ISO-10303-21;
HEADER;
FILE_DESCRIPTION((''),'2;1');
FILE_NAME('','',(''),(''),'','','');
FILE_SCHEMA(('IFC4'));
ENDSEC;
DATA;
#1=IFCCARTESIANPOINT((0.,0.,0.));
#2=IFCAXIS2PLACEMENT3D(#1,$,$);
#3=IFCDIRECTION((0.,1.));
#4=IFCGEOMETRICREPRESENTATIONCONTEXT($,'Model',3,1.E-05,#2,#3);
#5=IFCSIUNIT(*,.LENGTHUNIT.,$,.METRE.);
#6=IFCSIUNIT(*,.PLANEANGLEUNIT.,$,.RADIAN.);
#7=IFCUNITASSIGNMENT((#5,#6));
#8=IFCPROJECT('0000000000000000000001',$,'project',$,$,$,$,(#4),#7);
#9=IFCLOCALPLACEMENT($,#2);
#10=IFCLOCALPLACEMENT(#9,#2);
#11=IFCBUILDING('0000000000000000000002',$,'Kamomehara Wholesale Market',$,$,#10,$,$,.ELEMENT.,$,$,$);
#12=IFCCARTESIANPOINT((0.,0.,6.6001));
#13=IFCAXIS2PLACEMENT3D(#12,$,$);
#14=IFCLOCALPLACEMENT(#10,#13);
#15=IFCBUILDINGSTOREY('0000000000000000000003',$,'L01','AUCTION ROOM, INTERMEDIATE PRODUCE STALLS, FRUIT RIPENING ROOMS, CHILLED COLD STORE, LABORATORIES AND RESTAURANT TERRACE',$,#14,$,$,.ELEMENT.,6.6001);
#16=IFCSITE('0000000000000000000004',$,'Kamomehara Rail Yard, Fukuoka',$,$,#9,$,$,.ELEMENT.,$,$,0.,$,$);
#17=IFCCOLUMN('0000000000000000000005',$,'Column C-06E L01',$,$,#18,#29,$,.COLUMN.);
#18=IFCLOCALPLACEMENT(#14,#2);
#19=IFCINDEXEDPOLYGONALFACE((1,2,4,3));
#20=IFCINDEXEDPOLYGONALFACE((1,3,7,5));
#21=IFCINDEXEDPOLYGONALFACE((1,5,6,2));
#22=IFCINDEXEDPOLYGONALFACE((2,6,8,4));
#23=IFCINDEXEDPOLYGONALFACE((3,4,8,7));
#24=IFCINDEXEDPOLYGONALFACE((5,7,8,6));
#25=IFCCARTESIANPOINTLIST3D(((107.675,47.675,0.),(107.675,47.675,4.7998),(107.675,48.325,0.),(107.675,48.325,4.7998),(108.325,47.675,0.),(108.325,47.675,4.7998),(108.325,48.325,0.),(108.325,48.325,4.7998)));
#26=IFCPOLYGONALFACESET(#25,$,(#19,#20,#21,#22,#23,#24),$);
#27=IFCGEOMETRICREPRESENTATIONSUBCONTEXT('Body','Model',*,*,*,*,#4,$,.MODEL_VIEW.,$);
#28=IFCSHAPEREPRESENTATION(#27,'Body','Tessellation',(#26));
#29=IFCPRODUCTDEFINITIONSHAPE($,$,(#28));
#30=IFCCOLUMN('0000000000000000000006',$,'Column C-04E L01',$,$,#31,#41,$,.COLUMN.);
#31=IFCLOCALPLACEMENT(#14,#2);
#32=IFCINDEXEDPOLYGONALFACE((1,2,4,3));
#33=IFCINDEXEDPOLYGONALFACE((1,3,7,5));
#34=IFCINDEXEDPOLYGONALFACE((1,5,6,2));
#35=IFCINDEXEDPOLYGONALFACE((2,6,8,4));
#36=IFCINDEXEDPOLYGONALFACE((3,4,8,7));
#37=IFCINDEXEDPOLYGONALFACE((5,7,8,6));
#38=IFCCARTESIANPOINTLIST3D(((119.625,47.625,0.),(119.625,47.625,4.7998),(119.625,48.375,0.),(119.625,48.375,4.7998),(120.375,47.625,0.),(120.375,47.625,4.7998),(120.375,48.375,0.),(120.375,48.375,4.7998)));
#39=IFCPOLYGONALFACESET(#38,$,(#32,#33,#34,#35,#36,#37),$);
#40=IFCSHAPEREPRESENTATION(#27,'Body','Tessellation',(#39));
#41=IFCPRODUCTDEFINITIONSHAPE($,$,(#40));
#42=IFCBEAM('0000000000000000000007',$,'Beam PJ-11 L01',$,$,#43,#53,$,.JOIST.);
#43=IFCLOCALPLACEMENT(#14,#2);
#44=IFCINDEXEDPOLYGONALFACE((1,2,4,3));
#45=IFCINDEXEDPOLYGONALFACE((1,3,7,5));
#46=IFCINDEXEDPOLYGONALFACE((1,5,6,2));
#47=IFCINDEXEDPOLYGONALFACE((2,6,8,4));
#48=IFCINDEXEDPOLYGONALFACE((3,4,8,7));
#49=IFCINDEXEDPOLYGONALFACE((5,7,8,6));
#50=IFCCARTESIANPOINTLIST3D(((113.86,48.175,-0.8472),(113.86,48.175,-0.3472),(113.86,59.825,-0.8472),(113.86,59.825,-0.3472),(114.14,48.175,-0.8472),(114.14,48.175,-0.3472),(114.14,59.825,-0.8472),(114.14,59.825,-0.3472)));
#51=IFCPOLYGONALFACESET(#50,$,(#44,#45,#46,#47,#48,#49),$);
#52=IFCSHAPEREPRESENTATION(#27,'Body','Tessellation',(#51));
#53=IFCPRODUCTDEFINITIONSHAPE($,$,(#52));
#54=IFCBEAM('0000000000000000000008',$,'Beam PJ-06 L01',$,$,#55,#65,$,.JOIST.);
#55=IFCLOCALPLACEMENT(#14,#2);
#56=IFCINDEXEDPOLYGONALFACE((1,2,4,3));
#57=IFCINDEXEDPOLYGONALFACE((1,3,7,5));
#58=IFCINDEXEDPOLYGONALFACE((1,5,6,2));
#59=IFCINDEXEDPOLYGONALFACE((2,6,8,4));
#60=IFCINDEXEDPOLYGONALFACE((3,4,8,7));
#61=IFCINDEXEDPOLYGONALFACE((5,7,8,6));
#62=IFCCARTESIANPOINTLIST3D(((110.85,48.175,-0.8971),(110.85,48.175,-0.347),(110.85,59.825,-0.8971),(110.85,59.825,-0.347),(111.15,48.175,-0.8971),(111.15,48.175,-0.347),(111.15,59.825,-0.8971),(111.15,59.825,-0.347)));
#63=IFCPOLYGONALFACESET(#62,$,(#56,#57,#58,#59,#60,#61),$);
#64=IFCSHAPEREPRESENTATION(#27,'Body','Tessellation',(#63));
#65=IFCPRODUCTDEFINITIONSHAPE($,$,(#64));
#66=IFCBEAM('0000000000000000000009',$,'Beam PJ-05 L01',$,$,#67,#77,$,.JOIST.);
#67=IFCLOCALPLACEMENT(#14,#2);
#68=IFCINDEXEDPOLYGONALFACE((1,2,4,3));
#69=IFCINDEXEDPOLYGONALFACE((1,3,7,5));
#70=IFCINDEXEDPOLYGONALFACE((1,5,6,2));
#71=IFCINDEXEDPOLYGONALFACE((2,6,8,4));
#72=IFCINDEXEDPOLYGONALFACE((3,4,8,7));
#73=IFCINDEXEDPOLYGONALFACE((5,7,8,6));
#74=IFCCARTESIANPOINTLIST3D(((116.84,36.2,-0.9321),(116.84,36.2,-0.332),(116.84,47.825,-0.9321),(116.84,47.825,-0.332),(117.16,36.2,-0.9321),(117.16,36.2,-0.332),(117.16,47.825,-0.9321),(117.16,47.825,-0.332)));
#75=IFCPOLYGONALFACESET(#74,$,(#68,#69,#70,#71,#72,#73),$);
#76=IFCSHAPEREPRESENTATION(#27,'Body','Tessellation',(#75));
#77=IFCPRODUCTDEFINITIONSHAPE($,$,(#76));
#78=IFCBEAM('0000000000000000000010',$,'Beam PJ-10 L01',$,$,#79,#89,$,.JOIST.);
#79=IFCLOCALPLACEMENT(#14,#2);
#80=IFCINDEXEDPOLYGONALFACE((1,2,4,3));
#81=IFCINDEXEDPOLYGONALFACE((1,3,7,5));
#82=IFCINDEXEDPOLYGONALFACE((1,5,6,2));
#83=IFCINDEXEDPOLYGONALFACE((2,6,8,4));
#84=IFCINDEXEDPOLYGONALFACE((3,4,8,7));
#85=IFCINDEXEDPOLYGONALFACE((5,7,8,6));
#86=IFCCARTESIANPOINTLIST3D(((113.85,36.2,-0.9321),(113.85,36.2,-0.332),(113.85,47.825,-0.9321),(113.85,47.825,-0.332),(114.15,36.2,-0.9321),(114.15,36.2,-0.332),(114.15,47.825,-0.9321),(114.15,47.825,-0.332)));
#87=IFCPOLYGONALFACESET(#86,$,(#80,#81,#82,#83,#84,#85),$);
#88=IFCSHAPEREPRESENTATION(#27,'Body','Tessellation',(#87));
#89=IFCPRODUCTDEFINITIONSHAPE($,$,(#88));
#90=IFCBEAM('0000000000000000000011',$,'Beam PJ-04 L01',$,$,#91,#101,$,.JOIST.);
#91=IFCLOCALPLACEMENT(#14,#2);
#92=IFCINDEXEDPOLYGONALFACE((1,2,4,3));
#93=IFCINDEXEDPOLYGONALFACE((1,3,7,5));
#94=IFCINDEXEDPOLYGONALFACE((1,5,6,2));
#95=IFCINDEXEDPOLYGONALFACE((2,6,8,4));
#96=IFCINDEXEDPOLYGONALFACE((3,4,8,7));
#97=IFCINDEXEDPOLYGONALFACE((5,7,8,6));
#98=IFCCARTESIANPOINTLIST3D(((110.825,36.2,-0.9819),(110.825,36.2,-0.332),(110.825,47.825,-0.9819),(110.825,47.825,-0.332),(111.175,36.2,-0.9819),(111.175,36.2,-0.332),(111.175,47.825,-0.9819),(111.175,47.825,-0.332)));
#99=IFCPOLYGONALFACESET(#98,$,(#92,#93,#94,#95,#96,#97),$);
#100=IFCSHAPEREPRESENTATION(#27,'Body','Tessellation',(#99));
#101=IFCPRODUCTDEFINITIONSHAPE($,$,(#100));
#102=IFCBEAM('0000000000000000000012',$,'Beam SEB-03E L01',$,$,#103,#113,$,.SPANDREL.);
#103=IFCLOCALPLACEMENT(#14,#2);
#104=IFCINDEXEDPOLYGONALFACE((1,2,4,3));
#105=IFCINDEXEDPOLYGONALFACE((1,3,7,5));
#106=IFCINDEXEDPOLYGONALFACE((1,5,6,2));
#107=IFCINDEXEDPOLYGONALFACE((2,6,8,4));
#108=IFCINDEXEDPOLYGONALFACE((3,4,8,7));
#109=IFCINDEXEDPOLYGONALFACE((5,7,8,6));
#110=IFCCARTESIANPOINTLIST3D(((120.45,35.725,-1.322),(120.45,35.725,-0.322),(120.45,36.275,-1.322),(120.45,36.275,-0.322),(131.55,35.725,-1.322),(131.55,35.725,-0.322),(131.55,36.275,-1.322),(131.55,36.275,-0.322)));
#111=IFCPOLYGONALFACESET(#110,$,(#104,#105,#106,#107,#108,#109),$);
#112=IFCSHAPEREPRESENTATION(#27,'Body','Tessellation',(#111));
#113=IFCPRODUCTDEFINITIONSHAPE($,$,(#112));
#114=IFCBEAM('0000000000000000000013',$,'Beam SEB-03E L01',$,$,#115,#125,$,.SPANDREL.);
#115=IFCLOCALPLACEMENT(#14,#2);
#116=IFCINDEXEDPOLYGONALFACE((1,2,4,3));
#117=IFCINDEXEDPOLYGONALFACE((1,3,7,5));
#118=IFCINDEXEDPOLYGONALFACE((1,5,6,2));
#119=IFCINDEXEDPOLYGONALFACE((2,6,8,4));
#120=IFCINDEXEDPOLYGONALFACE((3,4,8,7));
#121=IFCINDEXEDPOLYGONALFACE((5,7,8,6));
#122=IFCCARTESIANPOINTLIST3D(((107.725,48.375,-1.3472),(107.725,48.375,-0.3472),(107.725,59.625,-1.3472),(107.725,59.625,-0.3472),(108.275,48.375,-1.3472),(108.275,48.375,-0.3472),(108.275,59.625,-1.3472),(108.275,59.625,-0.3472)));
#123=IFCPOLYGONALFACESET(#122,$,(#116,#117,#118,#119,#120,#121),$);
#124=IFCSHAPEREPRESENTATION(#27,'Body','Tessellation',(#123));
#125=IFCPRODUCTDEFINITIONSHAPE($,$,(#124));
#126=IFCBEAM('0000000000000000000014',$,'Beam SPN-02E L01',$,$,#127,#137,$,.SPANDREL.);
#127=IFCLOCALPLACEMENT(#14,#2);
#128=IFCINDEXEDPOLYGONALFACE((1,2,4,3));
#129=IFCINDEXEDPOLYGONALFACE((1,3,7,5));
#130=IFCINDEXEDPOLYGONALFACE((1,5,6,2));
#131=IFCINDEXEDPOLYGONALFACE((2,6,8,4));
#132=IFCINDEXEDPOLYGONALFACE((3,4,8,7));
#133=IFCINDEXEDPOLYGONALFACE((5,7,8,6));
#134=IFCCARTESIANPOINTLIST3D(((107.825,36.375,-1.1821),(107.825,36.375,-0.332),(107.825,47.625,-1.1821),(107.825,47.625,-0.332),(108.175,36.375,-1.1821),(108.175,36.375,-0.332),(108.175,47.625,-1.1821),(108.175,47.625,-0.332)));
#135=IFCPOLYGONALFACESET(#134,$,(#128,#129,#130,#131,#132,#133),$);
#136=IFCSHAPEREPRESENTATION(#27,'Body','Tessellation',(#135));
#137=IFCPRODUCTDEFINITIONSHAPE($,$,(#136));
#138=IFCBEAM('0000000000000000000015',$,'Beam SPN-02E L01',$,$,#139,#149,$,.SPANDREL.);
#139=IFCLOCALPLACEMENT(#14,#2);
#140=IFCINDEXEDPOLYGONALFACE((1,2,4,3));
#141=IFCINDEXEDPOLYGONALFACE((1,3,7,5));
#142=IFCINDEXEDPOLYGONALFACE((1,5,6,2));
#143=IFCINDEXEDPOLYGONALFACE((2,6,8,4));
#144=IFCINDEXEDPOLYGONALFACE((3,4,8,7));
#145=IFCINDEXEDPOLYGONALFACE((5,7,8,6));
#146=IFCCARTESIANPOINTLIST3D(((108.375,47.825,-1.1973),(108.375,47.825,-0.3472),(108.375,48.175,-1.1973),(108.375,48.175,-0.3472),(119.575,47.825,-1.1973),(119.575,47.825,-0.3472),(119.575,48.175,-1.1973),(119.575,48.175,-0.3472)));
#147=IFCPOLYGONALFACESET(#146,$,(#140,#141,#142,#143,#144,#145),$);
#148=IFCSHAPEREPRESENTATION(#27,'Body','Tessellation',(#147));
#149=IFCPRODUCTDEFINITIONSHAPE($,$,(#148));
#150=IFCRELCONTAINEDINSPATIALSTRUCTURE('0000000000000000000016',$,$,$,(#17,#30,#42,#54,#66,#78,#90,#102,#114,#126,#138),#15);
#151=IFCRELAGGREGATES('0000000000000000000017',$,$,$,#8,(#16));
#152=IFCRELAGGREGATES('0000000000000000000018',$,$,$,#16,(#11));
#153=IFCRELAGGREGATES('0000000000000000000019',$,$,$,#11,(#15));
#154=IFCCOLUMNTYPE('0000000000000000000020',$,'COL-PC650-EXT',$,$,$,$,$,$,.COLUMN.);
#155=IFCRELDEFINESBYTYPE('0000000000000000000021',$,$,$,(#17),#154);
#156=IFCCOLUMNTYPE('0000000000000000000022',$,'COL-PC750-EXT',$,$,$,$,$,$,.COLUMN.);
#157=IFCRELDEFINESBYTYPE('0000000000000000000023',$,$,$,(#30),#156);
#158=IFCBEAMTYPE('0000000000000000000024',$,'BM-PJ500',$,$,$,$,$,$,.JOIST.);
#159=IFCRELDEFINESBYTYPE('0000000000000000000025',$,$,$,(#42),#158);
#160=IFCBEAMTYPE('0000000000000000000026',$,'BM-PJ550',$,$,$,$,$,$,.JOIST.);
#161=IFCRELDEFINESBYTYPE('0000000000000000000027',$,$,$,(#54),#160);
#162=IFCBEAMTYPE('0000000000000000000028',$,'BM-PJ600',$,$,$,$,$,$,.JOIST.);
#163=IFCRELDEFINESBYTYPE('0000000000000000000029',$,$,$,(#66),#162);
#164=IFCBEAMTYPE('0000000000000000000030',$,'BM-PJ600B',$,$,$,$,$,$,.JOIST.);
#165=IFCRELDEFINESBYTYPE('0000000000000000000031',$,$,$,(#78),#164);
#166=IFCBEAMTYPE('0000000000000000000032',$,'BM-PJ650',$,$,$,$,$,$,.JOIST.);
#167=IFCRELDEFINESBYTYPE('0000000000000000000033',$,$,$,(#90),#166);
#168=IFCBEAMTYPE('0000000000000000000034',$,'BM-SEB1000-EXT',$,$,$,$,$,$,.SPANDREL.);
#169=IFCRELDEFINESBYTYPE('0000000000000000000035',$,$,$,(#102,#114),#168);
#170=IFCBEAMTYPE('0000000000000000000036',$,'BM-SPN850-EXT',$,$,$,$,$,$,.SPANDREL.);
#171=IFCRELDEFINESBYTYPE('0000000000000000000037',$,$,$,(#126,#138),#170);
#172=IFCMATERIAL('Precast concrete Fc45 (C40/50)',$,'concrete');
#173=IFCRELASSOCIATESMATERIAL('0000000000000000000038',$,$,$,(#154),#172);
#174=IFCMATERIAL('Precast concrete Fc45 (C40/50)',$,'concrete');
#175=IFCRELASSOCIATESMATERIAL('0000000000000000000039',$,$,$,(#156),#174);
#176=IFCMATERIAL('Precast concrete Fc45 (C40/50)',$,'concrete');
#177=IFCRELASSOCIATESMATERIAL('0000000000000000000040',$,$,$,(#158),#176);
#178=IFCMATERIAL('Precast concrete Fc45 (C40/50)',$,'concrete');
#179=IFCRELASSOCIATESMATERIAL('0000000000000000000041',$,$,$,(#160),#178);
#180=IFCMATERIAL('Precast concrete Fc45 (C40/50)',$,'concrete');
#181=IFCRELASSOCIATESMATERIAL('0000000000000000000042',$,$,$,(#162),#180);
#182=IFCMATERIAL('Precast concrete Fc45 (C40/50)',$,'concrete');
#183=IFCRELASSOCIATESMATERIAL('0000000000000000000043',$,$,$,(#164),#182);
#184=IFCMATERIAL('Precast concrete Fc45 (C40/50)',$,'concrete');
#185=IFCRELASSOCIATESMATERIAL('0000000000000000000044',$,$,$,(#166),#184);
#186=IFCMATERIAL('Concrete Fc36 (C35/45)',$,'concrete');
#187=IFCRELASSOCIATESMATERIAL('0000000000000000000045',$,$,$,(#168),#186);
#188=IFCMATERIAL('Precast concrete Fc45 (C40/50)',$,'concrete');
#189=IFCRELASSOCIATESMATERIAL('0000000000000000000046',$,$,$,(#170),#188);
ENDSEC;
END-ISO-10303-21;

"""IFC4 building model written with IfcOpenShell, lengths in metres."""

from ifc_helpers import new_model, si_unit, direction, frame, origin, origin_2d, place, context, subcontext, project, spatial, rectangle, extrude, material, material_profile, profile_set, type_object, element, save


model = new_model("IFC4")

# Units and contexts
model_context = context("Model", 3, precision=1e-05, world=origin(), true_north=direction((0.0, 1.0)))
body_context = subcontext(model_context, "Body", "Model", "MODEL_VIEW")
ifc_project = project(units=[si_unit("LENGTHUNIT", "METRE"), si_unit("PLANEANGLEUNIT", "RADIAN")], contexts=[model_context])

# Site, building, storey
site_placement = place(None, origin())
site = spatial("IfcSite", under=ifc_project, at=site_placement, Name="Kamomehara Rail Yard, Fukuoka", CompositionType="ELEMENT", RefElevation=0.0)
building_placement = place(site_placement, origin())
building = spatial("IfcBuilding", under=site, at=building_placement, Name="Kamomehara Wholesale Market", CompositionType="ELEMENT")
storey_placement = place(building_placement, frame((0.0, 0.0, 6.6001)))
storey = spatial("IfcBuildingStorey", under=building, at=storey_placement, Name="L01", Description="AUCTION ROOM, INTERMEDIATE PRODUCE STALLS, FRUIT RIPENING ROOMS, CHILLED COLD STORE, LABORATORIES AND RESTAURANT TERRACE", CompositionType="ELEMENT", Elevation=6.6001)

# Columns
ifc_material_1 = material(Name="Precast concrete Fc45 (C40/50)", Category="concrete")
ifc_material_profile_1 = material_profile(ifc_material_1, rectangle(XDim=0.6499, YDim=0.6499, at=origin_2d()), Name="PC-COL-650x650")
ifc_profile_set_1 = profile_set([ifc_material_profile_1], Name="Precast concrete Fc45 (C40/50)")
column_type_1 = type_object("IfcColumnType", Name="COL-PC650-EXT", PredefinedType="COLUMN", material=ifc_profile_set_1)
column_1_placement = place(storey_placement, frame((108.0, 48.0, 0.0), z_axis=(0.0, 0.0, 1.0), x_axis=(1.0, 0.0, 0.0)))
element("IfcColumn", 1, at=column_1_placement, inside=storey, type_object=column_type_1, Name="Column C-06E L01", PredefinedType="COLUMN", context=body_context, shape_type="SweptSolid", body=[
    extrude(rectangle(XDim=0.6499, YDim=0.6499, at=origin_2d()), origin(), (0.0, 0.0, 1.0), 4.7998),
])
ifc_material_2 = material(Name="Precast concrete Fc45 (C40/50)", Category="concrete")
ifc_material_profile_2 = material_profile(ifc_material_2, rectangle(XDim=0.75, YDim=0.75, at=origin_2d()), Name="PC-COL-750x750")
ifc_profile_set_2 = profile_set([ifc_material_profile_2], Name="Precast concrete Fc45 (C40/50)")
column_type_2 = type_object("IfcColumnType", Name="COL-PC750-EXT", PredefinedType="COLUMN", material=ifc_profile_set_2)
column_2_placement = place(storey_placement, frame((120.0, 48.0, 0.0), z_axis=(0.0, 0.0, 1.0), x_axis=(1.0, 0.0, 0.0)))
element("IfcColumn", 2, at=column_2_placement, inside=storey, type_object=column_type_2, Name="Column C-04E L01", PredefinedType="COLUMN", context=body_context, shape_type="SweptSolid", body=[
    extrude(rectangle(XDim=0.75, YDim=0.75, at=origin_2d()), origin(), (0.0, 0.0, 1.0), 4.7998),
])

# Beams
ifc_material_3 = material(Name="Precast concrete Fc45 (C40/50)", Category="concrete")
ifc_material_profile_3 = material_profile(ifc_material_3, rectangle(XDim=0.28, YDim=0.5, at=origin_2d()), Name="PC-JST-280x500")
ifc_profile_set_3 = profile_set([ifc_material_profile_3], Name="Precast concrete Fc45 (C40/50)")
beam_type_1 = type_object("IfcBeamType", Name="BM-PJ500", PredefinedType="JOIST", material=ifc_profile_set_3)
beam_1_placement = place(storey_placement, frame((114.0, 48.175, -0.5972), z_axis=(0.0, 1.0, 0.0), x_axis=(-1.0, 0.0, 0.0)))
element("IfcBeam", 3, at=beam_1_placement, inside=storey, type_object=beam_type_1, Name="Beam PJ-11 L01", PredefinedType="JOIST", context=body_context, shape_type="SweptSolid", body=[
    extrude(rectangle(XDim=0.28, YDim=0.5, at=origin_2d()), origin(), (0.0, 0.0, 1.0), 11.6499),
])
ifc_material_4 = material(Name="Precast concrete Fc45 (C40/50)", Category="concrete")
ifc_material_profile_4 = material_profile(ifc_material_4, rectangle(XDim=0.3, YDim=0.55, at=origin_2d()), Name="PC-JST-300x550")
ifc_profile_set_4 = profile_set([ifc_material_profile_4], Name="Precast concrete Fc45 (C40/50)")
beam_type_2 = type_object("IfcBeamType", Name="BM-PJ550", PredefinedType="JOIST", material=ifc_profile_set_4)
beam_2_placement = place(storey_placement, frame((111.0, 48.175, -0.6221), z_axis=(0.0, 1.0, 0.0), x_axis=(-1.0, 0.0, 0.0)))
element("IfcBeam", 4, at=beam_2_placement, inside=storey, type_object=beam_type_2, Name="Beam PJ-06 L01", PredefinedType="JOIST", context=body_context, shape_type="SweptSolid", body=[
    extrude(rectangle(XDim=0.3, YDim=0.55, at=origin_2d()), origin(), (0.0, 0.0, 1.0), 11.6499),
])
ifc_material_5 = material(Name="Precast concrete Fc45 (C40/50)", Category="concrete")
ifc_material_profile_5 = material_profile(ifc_material_5, rectangle(XDim=0.3201, YDim=0.6001, at=origin_2d()), Name="PC-JST-320x600")
ifc_profile_set_5 = profile_set([ifc_material_profile_5], Name="Precast concrete Fc45 (C40/50)")
beam_type_3 = type_object("IfcBeamType", Name="BM-PJ600", PredefinedType="JOIST", material=ifc_profile_set_5)
beam_3_placement = place(storey_placement, frame((117.0, 36.2, -0.6321), z_axis=(0.0, 1.0, 0.0), x_axis=(-1.0, 0.0, 0.0)))
element("IfcBeam", 5, at=beam_3_placement, inside=storey, type_object=beam_type_3, Name="Beam PJ-05 L01", PredefinedType="JOIST", context=body_context, shape_type="SweptSolid", body=[
    extrude(rectangle(XDim=0.3201, YDim=0.6001, at=origin_2d()), origin(), (0.0, 0.0, 1.0), 11.625),
])
ifc_material_6 = material(Name="Precast concrete Fc45 (C40/50)", Category="concrete")
ifc_material_profile_6 = material_profile(ifc_material_6, rectangle(XDim=0.3, YDim=0.6001, at=origin_2d()), Name="PC-JST-300x600")
ifc_profile_set_6 = profile_set([ifc_material_profile_6], Name="Precast concrete Fc45 (C40/50)")
beam_type_4 = type_object("IfcBeamType", Name="BM-PJ600B", PredefinedType="JOIST", material=ifc_profile_set_6)
beam_4_placement = place(storey_placement, frame((114.0, 36.2, -0.6321), z_axis=(0.0, 1.0, 0.0), x_axis=(-1.0, 0.0, 0.0)))
element("IfcBeam", 6, at=beam_4_placement, inside=storey, type_object=beam_type_4, Name="Beam PJ-10 L01", PredefinedType="JOIST", context=body_context, shape_type="SweptSolid", body=[
    extrude(rectangle(XDim=0.3, YDim=0.6001, at=origin_2d()), origin(), (0.0, 0.0, 1.0), 11.625),
])
ifc_material_7 = material(Name="Precast concrete Fc45 (C40/50)", Category="concrete")
ifc_material_profile_7 = material_profile(ifc_material_7, rectangle(XDim=0.3501, YDim=0.6499, at=origin_2d()), Name="PC-JST-350x650")
ifc_profile_set_7 = profile_set([ifc_material_profile_7], Name="Precast concrete Fc45 (C40/50)")
beam_type_5 = type_object("IfcBeamType", Name="BM-PJ650", PredefinedType="JOIST", material=ifc_profile_set_7)
beam_5_placement = place(storey_placement, frame((111.0, 36.2, -0.657), z_axis=(0.0, 1.0, 0.0), x_axis=(-1.0, 0.0, 0.0)))
element("IfcBeam", 7, at=beam_5_placement, inside=storey, type_object=beam_type_5, Name="Beam PJ-04 L01", PredefinedType="JOIST", context=body_context, shape_type="SweptSolid", body=[
    extrude(rectangle(XDim=0.3501, YDim=0.6499, at=origin_2d()), origin(), (0.0, 0.0, 1.0), 11.625),
])
ifc_material_8 = material(Name="Concrete Fc36 (C35/45)", Category="concrete")
ifc_material_profile_8 = material_profile(ifc_material_8, rectangle(XDim=0.55, YDim=1.0, at=origin_2d()), Name="RC-SEB-550x1000")
ifc_profile_set_8 = profile_set([ifc_material_profile_8], Name="Concrete Fc36 (C35/45)")
beam_type_6 = type_object("IfcBeamType", Name="BM-SEB1000-EXT", PredefinedType="SPANDREL", material=ifc_profile_set_8)
beam_6_placement = place(storey_placement, frame((120.45, 36.0, -0.822), z_axis=(1.0, 0.0, 0.0), x_axis=(0.0, 1.0, 0.0)))
element("IfcBeam", 8, at=beam_6_placement, inside=storey, type_object=beam_type_6, Name="Beam SEB-03E L01", PredefinedType="SPANDREL", context=body_context, shape_type="SweptSolid", body=[
    extrude(rectangle(XDim=0.55, YDim=1.0, at=origin_2d()), origin(), (0.0, 0.0, 1.0), 11.1001),
])
beam_7_placement = place(storey_placement, frame((108.0, 48.375, -0.8472), z_axis=(0.0, 1.0, 0.0), x_axis=(-1.0, 0.0, 0.0)))
element("IfcBeam", 9, at=beam_7_placement, inside=storey, type_object=beam_type_6, Name="Beam SEB-03E L01", PredefinedType="SPANDREL", context=body_context, shape_type="SweptSolid", body=[
    extrude(rectangle(XDim=0.55, YDim=1.0, at=origin_2d()), origin(), (0.0, 0.0, 1.0), 11.25),
])
ifc_material_9 = material(Name="Precast concrete Fc45 (C40/50)", Category="concrete")
ifc_material_profile_9 = material_profile(ifc_material_9, rectangle(XDim=0.3501, YDim=0.8501, at=origin_2d()), Name="PC-SPN-350x850")
ifc_profile_set_9 = profile_set([ifc_material_profile_9], Name="Precast concrete Fc45 (C40/50)")
beam_type_7 = type_object("IfcBeamType", Name="BM-SPN850-EXT", PredefinedType="SPANDREL", material=ifc_profile_set_9)
beam_8_placement = place(storey_placement, frame((108.0, 36.375, -0.7571), z_axis=(0.0, 1.0, 0.0), x_axis=(-1.0, 0.0, 0.0)))
element("IfcBeam", 10, at=beam_8_placement, inside=storey, type_object=beam_type_7, Name="Beam SPN-02E L01", PredefinedType="SPANDREL", context=body_context, shape_type="SweptSolid", body=[
    extrude(rectangle(XDim=0.3501, YDim=0.8501, at=origin_2d()), origin(), (0.0, 0.0, 1.0), 11.25),
])
beam_9_placement = place(storey_placement, frame((108.375, 48.0, -0.7722), z_axis=(1.0, 0.0, 0.0), x_axis=(0.0, 1.0, 0.0)))
element("IfcBeam", 11, at=beam_9_placement, inside=storey, type_object=beam_type_7, Name="Beam SPN-02E L01", PredefinedType="SPANDREL", context=body_context, shape_type="SweptSolid", body=[
    extrude(rectangle(XDim=0.3501, YDim=0.8501, at=origin_2d()), origin(), (0.0, 0.0, 1.0), 11.2),
])

save(model, "model.ifc")
